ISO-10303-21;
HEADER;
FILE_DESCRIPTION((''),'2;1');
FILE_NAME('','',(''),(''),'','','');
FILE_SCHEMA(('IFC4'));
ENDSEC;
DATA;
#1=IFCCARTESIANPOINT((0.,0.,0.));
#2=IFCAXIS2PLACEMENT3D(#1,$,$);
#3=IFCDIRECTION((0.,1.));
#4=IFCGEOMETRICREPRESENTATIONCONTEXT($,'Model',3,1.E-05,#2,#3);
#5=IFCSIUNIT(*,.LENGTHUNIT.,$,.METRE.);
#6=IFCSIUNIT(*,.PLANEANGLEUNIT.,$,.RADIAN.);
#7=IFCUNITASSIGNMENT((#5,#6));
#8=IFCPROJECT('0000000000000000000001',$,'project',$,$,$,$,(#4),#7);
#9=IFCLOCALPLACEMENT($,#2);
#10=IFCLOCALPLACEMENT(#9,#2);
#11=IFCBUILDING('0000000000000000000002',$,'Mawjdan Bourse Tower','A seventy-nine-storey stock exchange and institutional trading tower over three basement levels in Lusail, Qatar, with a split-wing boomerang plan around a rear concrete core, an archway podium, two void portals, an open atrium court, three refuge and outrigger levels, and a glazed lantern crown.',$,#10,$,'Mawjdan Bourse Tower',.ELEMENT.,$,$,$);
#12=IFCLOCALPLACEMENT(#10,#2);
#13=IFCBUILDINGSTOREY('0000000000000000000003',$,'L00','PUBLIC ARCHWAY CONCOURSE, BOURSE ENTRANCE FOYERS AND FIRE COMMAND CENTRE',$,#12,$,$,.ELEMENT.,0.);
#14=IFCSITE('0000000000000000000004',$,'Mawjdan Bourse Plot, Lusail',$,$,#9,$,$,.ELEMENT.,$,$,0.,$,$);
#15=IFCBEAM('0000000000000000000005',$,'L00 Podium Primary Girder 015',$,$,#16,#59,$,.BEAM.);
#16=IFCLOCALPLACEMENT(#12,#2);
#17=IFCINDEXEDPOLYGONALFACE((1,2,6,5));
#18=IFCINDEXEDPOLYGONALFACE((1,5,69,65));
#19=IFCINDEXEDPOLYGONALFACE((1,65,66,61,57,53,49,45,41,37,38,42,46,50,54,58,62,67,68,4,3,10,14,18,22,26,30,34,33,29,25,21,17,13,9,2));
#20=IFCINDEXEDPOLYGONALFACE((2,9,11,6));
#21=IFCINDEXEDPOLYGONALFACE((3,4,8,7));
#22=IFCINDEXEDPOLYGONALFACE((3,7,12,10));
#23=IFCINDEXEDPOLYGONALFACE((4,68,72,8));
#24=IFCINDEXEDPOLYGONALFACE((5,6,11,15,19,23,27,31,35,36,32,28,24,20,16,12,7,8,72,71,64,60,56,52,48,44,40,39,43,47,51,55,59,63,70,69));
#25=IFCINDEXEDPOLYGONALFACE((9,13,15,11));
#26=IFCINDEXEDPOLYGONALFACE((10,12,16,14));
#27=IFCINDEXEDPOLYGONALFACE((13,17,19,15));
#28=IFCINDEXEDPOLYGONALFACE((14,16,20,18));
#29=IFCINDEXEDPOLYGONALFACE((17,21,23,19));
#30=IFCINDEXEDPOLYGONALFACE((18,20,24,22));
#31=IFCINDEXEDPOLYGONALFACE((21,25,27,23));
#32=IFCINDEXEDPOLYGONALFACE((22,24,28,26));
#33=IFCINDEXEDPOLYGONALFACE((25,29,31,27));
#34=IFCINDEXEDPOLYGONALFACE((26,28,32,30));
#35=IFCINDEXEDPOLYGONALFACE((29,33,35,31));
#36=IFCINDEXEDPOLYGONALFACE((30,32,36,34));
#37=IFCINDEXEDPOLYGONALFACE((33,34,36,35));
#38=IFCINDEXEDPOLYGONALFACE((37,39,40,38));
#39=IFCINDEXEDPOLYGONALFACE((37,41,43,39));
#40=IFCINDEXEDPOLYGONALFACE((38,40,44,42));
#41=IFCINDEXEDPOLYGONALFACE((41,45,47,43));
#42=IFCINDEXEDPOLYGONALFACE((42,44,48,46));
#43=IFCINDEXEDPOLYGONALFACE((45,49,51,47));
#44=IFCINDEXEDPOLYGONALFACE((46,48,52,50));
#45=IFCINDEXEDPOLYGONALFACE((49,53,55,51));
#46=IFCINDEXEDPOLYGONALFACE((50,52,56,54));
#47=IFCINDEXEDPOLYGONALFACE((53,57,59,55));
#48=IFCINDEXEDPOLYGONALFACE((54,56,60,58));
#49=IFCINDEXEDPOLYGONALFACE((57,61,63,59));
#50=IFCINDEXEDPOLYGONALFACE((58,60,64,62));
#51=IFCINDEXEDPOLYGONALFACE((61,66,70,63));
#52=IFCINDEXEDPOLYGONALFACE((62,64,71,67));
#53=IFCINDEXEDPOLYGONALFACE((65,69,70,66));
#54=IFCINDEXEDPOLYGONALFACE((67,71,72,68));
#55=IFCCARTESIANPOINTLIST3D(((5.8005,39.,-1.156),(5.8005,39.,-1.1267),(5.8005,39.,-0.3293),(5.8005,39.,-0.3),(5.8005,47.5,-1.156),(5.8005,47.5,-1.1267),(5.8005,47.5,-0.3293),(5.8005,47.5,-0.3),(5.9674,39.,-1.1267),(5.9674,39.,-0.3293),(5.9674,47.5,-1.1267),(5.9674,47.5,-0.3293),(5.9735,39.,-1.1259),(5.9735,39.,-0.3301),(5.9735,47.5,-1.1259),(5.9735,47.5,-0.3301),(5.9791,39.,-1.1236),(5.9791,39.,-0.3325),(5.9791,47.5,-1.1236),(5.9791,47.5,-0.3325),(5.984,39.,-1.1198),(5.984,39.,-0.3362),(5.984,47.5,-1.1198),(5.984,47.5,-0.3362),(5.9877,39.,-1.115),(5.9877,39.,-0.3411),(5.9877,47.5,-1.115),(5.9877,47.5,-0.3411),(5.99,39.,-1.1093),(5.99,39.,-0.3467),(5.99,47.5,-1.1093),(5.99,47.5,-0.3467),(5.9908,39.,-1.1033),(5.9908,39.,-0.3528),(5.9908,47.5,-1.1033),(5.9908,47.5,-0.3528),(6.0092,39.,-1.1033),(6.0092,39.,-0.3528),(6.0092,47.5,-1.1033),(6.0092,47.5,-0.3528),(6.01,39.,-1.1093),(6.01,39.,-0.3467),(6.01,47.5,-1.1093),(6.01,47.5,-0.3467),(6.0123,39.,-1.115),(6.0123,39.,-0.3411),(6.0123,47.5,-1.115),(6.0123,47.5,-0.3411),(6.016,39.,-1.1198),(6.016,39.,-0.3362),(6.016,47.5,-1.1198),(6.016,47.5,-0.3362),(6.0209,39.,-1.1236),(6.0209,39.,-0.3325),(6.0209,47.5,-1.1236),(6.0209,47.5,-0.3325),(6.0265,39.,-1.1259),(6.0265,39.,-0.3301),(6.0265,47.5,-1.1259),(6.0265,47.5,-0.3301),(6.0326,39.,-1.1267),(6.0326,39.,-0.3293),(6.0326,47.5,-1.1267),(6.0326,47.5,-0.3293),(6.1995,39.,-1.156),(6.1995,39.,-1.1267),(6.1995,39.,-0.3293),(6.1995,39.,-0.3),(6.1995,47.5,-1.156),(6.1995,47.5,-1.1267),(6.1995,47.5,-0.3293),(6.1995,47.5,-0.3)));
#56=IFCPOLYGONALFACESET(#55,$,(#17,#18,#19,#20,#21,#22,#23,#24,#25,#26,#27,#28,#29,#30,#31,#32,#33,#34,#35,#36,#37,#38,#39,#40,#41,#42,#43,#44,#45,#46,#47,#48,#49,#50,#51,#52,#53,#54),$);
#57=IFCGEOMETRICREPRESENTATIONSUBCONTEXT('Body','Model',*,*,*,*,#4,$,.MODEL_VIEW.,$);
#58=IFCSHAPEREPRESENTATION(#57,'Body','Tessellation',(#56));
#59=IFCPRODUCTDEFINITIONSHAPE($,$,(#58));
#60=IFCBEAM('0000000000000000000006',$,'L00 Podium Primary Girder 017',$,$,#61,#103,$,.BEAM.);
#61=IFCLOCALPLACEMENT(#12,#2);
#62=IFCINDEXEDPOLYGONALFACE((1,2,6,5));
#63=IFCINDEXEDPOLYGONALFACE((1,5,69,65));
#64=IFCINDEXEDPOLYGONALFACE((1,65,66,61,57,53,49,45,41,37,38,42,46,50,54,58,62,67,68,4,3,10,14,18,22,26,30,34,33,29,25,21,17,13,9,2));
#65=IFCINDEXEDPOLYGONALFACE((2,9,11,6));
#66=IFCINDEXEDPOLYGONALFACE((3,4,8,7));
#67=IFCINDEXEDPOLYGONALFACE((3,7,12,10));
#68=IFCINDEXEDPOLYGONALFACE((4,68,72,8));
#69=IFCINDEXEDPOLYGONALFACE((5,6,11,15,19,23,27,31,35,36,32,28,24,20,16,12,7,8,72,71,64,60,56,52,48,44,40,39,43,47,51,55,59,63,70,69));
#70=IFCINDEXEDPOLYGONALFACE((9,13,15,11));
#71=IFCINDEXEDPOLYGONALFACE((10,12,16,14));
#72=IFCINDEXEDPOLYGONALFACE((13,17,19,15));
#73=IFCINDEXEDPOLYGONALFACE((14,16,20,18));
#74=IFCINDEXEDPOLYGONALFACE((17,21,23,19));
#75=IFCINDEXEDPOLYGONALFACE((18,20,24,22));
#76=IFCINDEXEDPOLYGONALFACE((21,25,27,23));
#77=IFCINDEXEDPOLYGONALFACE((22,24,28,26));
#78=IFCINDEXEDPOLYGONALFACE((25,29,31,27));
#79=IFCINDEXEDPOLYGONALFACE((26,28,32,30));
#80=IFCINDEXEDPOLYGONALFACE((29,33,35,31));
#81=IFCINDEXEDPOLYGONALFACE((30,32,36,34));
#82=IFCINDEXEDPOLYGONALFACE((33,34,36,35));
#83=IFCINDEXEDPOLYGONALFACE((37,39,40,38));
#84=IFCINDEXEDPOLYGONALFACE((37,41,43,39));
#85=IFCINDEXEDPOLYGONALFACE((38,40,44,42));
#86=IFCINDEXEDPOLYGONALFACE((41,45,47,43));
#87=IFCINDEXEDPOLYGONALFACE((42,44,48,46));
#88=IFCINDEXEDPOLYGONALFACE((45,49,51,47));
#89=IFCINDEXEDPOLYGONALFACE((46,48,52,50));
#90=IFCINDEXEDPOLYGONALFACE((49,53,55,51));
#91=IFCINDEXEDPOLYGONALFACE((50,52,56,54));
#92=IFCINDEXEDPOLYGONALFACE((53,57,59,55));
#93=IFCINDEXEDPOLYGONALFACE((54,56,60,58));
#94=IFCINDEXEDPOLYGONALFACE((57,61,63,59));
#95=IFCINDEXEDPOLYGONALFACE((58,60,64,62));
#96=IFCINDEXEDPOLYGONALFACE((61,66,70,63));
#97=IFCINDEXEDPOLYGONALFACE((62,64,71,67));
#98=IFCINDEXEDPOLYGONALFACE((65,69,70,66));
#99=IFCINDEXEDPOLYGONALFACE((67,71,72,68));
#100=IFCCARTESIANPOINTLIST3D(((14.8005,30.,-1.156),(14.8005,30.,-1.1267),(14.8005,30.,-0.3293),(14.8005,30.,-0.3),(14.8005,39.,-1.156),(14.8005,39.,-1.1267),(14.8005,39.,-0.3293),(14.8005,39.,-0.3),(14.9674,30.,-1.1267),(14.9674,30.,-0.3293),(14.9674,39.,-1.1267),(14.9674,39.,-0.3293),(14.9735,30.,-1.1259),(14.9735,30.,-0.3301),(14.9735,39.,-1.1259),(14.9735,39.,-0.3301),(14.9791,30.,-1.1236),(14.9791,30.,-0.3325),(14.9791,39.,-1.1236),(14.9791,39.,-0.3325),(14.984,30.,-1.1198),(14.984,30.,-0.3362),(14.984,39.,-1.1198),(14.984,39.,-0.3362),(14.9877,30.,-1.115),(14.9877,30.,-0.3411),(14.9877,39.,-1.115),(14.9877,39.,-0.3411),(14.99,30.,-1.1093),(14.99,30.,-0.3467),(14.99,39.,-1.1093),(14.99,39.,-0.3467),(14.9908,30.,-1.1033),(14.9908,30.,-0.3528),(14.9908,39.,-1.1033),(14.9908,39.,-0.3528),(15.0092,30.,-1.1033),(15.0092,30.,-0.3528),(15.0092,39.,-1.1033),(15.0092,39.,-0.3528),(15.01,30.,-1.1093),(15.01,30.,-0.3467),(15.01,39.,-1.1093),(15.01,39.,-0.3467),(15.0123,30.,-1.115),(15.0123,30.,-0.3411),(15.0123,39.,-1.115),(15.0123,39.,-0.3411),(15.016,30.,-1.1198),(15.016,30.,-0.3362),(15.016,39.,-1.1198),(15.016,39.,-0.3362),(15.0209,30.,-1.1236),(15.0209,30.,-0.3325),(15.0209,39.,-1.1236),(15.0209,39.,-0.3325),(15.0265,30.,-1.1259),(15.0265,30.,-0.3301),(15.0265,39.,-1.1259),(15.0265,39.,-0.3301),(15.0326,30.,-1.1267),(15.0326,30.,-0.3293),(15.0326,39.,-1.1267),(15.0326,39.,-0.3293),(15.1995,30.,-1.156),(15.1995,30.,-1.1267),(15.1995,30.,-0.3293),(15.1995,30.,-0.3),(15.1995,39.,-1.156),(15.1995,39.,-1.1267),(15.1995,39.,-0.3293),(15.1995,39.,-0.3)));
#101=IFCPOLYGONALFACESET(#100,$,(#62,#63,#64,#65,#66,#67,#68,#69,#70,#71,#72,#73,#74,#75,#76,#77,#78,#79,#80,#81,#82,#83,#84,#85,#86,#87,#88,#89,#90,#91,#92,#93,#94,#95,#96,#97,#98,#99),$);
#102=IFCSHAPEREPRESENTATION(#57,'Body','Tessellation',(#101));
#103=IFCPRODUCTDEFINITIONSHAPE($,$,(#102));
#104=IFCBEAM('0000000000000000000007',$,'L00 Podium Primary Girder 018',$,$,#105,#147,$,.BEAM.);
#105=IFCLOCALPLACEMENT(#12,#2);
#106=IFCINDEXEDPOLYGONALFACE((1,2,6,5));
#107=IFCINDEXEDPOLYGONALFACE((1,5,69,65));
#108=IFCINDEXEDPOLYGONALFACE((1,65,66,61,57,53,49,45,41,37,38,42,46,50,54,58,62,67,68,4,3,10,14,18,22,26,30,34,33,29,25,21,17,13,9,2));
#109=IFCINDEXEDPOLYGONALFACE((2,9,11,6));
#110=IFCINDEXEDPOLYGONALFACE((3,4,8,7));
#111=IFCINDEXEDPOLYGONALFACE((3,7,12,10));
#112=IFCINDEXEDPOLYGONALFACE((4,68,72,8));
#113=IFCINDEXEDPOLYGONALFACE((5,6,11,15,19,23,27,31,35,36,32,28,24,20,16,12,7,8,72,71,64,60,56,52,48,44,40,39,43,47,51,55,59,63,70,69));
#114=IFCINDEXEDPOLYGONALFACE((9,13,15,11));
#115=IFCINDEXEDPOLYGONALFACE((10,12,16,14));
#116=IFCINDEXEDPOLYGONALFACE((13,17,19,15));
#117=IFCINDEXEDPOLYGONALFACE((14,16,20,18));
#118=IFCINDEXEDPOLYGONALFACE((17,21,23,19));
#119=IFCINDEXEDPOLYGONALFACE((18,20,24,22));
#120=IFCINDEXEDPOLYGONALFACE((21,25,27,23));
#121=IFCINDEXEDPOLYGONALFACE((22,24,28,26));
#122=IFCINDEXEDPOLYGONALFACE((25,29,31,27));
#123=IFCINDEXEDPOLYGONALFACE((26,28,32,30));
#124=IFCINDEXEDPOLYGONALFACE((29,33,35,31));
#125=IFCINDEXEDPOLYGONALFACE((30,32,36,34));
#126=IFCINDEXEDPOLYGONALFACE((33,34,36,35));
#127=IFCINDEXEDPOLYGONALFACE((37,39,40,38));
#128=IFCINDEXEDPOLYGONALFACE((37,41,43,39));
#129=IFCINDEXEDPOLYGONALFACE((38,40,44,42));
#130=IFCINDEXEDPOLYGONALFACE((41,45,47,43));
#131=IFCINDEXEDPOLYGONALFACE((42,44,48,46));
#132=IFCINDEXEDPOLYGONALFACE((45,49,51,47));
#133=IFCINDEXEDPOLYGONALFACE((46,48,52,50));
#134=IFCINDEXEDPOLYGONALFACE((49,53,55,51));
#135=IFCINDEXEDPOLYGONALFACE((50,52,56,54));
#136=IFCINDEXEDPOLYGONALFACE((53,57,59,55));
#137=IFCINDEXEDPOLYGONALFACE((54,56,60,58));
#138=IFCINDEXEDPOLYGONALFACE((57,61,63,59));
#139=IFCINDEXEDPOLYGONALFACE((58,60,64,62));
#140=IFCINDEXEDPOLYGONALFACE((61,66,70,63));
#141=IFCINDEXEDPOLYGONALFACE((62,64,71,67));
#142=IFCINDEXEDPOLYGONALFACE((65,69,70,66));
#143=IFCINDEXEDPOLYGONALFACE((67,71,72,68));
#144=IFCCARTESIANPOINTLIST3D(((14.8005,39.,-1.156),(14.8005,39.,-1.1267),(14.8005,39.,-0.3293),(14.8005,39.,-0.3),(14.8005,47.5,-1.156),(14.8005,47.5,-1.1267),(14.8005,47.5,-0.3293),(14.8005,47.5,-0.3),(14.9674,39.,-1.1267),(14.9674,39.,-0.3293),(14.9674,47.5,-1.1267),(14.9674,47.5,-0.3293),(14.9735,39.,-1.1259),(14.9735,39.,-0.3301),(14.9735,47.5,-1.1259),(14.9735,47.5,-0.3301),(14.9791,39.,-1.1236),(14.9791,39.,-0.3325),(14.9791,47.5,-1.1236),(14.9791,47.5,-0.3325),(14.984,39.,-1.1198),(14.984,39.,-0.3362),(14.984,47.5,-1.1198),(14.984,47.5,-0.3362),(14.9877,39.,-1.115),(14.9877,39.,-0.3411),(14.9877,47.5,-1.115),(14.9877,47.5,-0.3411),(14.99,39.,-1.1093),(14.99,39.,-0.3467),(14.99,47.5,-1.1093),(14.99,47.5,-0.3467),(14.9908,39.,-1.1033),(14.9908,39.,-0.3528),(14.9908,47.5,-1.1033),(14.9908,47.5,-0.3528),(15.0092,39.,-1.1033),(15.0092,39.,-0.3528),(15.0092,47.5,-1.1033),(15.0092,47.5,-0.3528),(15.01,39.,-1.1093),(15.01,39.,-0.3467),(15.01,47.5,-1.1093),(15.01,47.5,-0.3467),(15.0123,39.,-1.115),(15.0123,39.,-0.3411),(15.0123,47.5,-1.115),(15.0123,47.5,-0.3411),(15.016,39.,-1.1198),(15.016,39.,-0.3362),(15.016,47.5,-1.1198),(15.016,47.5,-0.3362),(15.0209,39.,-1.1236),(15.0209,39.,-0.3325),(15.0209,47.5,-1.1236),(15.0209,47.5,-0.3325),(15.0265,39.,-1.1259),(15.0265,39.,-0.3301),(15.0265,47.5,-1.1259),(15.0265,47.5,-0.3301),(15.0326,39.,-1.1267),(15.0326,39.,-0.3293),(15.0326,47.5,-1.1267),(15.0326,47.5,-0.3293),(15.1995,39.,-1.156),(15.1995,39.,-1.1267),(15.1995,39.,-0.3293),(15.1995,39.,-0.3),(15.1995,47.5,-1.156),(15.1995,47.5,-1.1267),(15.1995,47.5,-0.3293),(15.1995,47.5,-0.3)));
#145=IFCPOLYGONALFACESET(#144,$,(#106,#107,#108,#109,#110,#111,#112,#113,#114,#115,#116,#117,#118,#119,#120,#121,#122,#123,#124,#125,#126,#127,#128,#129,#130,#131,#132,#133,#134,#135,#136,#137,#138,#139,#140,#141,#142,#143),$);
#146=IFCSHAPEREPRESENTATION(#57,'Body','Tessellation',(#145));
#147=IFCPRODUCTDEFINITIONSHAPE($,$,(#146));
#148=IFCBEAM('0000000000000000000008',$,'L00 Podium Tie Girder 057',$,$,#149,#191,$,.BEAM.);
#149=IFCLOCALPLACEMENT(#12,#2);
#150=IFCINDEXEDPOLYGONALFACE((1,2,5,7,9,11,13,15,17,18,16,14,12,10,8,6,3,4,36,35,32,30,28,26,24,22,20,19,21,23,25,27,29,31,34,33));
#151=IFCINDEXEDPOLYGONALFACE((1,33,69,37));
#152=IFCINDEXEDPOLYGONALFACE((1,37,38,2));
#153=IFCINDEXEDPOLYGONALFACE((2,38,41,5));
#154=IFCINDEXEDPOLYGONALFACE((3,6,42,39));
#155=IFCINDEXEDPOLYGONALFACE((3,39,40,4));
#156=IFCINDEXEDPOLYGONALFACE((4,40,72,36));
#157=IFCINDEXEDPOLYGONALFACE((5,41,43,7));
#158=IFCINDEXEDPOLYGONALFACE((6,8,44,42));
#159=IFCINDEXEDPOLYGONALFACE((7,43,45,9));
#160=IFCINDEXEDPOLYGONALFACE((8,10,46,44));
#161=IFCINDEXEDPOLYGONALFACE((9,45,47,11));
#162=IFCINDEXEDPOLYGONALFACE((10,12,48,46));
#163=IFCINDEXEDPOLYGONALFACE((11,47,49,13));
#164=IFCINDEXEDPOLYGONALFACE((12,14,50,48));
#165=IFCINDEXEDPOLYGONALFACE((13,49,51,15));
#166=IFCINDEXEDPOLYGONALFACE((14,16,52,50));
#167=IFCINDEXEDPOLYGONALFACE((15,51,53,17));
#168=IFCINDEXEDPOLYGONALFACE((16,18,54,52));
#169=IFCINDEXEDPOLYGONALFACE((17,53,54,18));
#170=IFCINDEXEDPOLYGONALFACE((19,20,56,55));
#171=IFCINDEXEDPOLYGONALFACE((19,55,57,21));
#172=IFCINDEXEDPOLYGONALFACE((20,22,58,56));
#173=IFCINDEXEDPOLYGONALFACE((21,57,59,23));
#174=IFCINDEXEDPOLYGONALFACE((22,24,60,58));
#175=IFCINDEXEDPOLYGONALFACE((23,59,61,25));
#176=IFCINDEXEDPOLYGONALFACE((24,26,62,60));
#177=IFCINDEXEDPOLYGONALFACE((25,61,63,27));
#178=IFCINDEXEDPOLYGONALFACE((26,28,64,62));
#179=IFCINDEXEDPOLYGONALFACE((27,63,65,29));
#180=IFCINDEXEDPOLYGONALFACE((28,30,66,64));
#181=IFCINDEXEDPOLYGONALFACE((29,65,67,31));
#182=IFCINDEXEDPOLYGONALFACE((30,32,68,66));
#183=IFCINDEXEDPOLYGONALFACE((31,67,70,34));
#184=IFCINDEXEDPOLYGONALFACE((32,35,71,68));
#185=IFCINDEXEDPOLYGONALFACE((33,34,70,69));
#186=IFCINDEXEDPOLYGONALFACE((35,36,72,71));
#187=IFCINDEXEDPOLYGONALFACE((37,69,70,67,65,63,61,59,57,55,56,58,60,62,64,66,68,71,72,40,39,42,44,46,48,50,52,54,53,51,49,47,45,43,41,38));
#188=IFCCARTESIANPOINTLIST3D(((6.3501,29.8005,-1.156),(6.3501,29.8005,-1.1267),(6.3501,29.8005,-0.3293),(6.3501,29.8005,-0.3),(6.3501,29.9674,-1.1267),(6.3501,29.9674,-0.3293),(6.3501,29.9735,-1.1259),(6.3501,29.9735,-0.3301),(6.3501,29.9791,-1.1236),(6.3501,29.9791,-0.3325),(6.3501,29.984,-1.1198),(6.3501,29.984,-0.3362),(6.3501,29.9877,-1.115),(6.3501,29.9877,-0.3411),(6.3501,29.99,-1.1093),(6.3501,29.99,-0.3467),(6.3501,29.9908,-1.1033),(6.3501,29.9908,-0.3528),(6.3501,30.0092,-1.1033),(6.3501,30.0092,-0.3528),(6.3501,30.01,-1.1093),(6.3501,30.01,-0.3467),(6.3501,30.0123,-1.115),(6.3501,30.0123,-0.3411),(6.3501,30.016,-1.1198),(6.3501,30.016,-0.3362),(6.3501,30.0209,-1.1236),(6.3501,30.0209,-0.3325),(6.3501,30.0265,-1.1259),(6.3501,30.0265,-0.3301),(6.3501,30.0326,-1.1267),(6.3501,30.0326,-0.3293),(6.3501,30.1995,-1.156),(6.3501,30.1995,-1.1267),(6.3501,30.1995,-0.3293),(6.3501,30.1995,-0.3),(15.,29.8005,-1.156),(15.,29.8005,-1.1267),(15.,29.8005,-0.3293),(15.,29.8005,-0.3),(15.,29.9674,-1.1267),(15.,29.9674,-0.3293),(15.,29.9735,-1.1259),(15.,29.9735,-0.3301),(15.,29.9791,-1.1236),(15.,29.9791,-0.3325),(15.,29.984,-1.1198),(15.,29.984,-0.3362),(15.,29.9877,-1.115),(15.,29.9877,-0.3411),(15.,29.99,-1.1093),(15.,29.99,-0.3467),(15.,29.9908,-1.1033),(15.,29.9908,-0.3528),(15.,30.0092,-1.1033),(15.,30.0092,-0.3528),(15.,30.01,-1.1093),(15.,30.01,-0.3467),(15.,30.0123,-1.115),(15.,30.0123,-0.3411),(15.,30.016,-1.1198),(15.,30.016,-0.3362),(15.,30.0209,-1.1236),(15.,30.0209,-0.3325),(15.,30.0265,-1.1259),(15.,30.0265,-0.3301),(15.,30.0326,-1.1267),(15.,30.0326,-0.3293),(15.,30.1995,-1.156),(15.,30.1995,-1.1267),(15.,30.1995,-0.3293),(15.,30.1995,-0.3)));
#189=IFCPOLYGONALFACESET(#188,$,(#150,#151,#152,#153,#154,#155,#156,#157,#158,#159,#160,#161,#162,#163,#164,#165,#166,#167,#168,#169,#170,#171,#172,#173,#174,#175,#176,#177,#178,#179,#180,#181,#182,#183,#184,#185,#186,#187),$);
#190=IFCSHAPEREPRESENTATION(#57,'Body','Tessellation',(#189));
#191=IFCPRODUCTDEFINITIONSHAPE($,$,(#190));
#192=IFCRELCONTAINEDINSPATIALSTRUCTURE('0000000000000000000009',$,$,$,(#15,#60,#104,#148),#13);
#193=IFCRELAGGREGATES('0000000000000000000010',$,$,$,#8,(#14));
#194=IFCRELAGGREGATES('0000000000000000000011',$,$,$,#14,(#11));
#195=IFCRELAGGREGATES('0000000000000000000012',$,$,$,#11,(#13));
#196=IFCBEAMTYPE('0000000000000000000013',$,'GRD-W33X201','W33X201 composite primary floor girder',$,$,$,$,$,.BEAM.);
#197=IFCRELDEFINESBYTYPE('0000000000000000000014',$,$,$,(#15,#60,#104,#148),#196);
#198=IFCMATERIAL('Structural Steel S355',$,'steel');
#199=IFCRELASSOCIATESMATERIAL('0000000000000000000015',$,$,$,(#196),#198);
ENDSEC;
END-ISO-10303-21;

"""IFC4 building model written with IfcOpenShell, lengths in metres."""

from ifc_helpers import new_model, si_unit, direction, frame, origin, origin_2d, place, context, subcontext, project, spatial, i_section, extrude, material, material_profile, profile_set, type_object, element, save


model = new_model("IFC4")

# Units and contexts
model_context = context("Model", 3, precision=1e-05, world=origin(), true_north=direction((0.0, 1.0)))
body_context = subcontext(model_context, "Body", "Model", "MODEL_VIEW")
ifc_project = project(units=[si_unit("LENGTHUNIT", "METRE"), si_unit("PLANEANGLEUNIT", "RADIAN")], contexts=[model_context])

# Site, building, storey
site_placement = place(None, origin())
site = spatial("IfcSite", under=ifc_project, at=site_placement, Name="Mawjdan Bourse Plot, Lusail", CompositionType="ELEMENT", RefElevation=0.0)
building_placement = place(site_placement, origin())
building = spatial("IfcBuilding", under=site, at=building_placement, Name="Mawjdan Bourse Tower", Description="A seventy-nine-storey stock exchange and institutional trading tower over three basement levels in Lusail, Qatar, with a split-wing boomerang plan around a rear concrete core, an archway podium, two void portals, an open atrium court, three refuge and outrigger levels, and a glazed lantern crown.", LongName="Mawjdan Bourse Tower", CompositionType="ELEMENT")
storey_placement = place(building_placement, origin())
storey = spatial("IfcBuildingStorey", under=building, at=storey_placement, Name="L00", Description="PUBLIC ARCHWAY CONCOURSE, BOURSE ENTRANCE FOYERS AND FIRE COMMAND CENTRE", CompositionType="ELEMENT", Elevation=0.0)

# Beams
ifc_material_1 = material(Name="Structural Steel S355", Category="steel")
ifc_material_profile_1 = material_profile(ifc_material_1, i_section(OverallWidth=0.3989, OverallDepth=0.856, WebThickness=0.0183, FlangeThickness=0.0293, FilletRadius=0.0234, at=origin_2d()), Name="W33X201")
ifc_profile_set_1 = profile_set([ifc_material_profile_1], Name="Structural Steel S355")
beam_type_1 = type_object("IfcBeamType", Name="GRD-W33X201", Description="W33X201 composite primary floor girder", PredefinedType="BEAM", material=ifc_profile_set_1)
beam_1_placement = place(storey_placement, frame((6.0, 39.0, -0.728), z_axis=(0.0, 1.0, 0.0), x_axis=(-1.0, 0.0, 0.0)))
element("IfcBeam", 1, at=beam_1_placement, inside=storey, type_object=beam_type_1, Name="L00 Podium Primary Girder 015", PredefinedType="BEAM", context=body_context, shape_type="SweptSolid", body=[
    extrude(i_section(OverallWidth=0.3989, OverallDepth=0.856, WebThickness=0.0183, FlangeThickness=0.0293, FilletRadius=0.0234, at=origin_2d()), origin(), (0.0, 0.0, 1.0), 8.5),
])
beam_2_placement = place(storey_placement, frame((15.0, 30.0, -0.728), z_axis=(0.0, 1.0, 0.0), x_axis=(-1.0, 0.0, 0.0)))
element("IfcBeam", 2, at=beam_2_placement, inside=storey, type_object=beam_type_1, Name="L00 Podium Primary Girder 017", PredefinedType="BEAM", context=body_context, shape_type="SweptSolid", body=[
    extrude(i_section(OverallWidth=0.3989, OverallDepth=0.856, WebThickness=0.0183, FlangeThickness=0.0293, FilletRadius=0.0234, at=origin_2d()), origin(), (0.0, 0.0, 1.0), 9.0),
])
beam_3_placement = place(storey_placement, frame((15.0, 39.0, -0.728), z_axis=(0.0, 1.0, 0.0), x_axis=(-1.0, 0.0, 0.0)))
element("IfcBeam", 3, at=beam_3_placement, inside=storey, type_object=beam_type_1, Name="L00 Podium Primary Girder 018", PredefinedType="BEAM", context=body_context, shape_type="SweptSolid", body=[
    extrude(i_section(OverallWidth=0.3989, OverallDepth=0.856, WebThickness=0.0183, FlangeThickness=0.0293, FilletRadius=0.0234, at=origin_2d()), origin(), (0.0, 0.0, 1.0), 8.5),
])
for number, where, z_axis, x_axis, name in (
    (4, (6.3501, 30.0, -0.728), (1.0, 0.0, 0.0), (0.0, 1.0, 0.0), "L00 Podium Tie Girder 057"),
):
    element("IfcBeam", number, at=place(storey_placement, frame(where, z_axis=z_axis, x_axis=x_axis)), inside=storey, type_object=beam_type_1, Name=name, PredefinedType="BEAM", context=body_context, shape_type="SweptSolid", body=[
        extrude(i_section(OverallWidth=0.3989, OverallDepth=0.856, WebThickness=0.0183, FlangeThickness=0.0293, FilletRadius=0.0234, at=origin_2d()), origin(), (0.0, 0.0, 1.0), 8.6499),
    ])

save(model, "model.ifc")
